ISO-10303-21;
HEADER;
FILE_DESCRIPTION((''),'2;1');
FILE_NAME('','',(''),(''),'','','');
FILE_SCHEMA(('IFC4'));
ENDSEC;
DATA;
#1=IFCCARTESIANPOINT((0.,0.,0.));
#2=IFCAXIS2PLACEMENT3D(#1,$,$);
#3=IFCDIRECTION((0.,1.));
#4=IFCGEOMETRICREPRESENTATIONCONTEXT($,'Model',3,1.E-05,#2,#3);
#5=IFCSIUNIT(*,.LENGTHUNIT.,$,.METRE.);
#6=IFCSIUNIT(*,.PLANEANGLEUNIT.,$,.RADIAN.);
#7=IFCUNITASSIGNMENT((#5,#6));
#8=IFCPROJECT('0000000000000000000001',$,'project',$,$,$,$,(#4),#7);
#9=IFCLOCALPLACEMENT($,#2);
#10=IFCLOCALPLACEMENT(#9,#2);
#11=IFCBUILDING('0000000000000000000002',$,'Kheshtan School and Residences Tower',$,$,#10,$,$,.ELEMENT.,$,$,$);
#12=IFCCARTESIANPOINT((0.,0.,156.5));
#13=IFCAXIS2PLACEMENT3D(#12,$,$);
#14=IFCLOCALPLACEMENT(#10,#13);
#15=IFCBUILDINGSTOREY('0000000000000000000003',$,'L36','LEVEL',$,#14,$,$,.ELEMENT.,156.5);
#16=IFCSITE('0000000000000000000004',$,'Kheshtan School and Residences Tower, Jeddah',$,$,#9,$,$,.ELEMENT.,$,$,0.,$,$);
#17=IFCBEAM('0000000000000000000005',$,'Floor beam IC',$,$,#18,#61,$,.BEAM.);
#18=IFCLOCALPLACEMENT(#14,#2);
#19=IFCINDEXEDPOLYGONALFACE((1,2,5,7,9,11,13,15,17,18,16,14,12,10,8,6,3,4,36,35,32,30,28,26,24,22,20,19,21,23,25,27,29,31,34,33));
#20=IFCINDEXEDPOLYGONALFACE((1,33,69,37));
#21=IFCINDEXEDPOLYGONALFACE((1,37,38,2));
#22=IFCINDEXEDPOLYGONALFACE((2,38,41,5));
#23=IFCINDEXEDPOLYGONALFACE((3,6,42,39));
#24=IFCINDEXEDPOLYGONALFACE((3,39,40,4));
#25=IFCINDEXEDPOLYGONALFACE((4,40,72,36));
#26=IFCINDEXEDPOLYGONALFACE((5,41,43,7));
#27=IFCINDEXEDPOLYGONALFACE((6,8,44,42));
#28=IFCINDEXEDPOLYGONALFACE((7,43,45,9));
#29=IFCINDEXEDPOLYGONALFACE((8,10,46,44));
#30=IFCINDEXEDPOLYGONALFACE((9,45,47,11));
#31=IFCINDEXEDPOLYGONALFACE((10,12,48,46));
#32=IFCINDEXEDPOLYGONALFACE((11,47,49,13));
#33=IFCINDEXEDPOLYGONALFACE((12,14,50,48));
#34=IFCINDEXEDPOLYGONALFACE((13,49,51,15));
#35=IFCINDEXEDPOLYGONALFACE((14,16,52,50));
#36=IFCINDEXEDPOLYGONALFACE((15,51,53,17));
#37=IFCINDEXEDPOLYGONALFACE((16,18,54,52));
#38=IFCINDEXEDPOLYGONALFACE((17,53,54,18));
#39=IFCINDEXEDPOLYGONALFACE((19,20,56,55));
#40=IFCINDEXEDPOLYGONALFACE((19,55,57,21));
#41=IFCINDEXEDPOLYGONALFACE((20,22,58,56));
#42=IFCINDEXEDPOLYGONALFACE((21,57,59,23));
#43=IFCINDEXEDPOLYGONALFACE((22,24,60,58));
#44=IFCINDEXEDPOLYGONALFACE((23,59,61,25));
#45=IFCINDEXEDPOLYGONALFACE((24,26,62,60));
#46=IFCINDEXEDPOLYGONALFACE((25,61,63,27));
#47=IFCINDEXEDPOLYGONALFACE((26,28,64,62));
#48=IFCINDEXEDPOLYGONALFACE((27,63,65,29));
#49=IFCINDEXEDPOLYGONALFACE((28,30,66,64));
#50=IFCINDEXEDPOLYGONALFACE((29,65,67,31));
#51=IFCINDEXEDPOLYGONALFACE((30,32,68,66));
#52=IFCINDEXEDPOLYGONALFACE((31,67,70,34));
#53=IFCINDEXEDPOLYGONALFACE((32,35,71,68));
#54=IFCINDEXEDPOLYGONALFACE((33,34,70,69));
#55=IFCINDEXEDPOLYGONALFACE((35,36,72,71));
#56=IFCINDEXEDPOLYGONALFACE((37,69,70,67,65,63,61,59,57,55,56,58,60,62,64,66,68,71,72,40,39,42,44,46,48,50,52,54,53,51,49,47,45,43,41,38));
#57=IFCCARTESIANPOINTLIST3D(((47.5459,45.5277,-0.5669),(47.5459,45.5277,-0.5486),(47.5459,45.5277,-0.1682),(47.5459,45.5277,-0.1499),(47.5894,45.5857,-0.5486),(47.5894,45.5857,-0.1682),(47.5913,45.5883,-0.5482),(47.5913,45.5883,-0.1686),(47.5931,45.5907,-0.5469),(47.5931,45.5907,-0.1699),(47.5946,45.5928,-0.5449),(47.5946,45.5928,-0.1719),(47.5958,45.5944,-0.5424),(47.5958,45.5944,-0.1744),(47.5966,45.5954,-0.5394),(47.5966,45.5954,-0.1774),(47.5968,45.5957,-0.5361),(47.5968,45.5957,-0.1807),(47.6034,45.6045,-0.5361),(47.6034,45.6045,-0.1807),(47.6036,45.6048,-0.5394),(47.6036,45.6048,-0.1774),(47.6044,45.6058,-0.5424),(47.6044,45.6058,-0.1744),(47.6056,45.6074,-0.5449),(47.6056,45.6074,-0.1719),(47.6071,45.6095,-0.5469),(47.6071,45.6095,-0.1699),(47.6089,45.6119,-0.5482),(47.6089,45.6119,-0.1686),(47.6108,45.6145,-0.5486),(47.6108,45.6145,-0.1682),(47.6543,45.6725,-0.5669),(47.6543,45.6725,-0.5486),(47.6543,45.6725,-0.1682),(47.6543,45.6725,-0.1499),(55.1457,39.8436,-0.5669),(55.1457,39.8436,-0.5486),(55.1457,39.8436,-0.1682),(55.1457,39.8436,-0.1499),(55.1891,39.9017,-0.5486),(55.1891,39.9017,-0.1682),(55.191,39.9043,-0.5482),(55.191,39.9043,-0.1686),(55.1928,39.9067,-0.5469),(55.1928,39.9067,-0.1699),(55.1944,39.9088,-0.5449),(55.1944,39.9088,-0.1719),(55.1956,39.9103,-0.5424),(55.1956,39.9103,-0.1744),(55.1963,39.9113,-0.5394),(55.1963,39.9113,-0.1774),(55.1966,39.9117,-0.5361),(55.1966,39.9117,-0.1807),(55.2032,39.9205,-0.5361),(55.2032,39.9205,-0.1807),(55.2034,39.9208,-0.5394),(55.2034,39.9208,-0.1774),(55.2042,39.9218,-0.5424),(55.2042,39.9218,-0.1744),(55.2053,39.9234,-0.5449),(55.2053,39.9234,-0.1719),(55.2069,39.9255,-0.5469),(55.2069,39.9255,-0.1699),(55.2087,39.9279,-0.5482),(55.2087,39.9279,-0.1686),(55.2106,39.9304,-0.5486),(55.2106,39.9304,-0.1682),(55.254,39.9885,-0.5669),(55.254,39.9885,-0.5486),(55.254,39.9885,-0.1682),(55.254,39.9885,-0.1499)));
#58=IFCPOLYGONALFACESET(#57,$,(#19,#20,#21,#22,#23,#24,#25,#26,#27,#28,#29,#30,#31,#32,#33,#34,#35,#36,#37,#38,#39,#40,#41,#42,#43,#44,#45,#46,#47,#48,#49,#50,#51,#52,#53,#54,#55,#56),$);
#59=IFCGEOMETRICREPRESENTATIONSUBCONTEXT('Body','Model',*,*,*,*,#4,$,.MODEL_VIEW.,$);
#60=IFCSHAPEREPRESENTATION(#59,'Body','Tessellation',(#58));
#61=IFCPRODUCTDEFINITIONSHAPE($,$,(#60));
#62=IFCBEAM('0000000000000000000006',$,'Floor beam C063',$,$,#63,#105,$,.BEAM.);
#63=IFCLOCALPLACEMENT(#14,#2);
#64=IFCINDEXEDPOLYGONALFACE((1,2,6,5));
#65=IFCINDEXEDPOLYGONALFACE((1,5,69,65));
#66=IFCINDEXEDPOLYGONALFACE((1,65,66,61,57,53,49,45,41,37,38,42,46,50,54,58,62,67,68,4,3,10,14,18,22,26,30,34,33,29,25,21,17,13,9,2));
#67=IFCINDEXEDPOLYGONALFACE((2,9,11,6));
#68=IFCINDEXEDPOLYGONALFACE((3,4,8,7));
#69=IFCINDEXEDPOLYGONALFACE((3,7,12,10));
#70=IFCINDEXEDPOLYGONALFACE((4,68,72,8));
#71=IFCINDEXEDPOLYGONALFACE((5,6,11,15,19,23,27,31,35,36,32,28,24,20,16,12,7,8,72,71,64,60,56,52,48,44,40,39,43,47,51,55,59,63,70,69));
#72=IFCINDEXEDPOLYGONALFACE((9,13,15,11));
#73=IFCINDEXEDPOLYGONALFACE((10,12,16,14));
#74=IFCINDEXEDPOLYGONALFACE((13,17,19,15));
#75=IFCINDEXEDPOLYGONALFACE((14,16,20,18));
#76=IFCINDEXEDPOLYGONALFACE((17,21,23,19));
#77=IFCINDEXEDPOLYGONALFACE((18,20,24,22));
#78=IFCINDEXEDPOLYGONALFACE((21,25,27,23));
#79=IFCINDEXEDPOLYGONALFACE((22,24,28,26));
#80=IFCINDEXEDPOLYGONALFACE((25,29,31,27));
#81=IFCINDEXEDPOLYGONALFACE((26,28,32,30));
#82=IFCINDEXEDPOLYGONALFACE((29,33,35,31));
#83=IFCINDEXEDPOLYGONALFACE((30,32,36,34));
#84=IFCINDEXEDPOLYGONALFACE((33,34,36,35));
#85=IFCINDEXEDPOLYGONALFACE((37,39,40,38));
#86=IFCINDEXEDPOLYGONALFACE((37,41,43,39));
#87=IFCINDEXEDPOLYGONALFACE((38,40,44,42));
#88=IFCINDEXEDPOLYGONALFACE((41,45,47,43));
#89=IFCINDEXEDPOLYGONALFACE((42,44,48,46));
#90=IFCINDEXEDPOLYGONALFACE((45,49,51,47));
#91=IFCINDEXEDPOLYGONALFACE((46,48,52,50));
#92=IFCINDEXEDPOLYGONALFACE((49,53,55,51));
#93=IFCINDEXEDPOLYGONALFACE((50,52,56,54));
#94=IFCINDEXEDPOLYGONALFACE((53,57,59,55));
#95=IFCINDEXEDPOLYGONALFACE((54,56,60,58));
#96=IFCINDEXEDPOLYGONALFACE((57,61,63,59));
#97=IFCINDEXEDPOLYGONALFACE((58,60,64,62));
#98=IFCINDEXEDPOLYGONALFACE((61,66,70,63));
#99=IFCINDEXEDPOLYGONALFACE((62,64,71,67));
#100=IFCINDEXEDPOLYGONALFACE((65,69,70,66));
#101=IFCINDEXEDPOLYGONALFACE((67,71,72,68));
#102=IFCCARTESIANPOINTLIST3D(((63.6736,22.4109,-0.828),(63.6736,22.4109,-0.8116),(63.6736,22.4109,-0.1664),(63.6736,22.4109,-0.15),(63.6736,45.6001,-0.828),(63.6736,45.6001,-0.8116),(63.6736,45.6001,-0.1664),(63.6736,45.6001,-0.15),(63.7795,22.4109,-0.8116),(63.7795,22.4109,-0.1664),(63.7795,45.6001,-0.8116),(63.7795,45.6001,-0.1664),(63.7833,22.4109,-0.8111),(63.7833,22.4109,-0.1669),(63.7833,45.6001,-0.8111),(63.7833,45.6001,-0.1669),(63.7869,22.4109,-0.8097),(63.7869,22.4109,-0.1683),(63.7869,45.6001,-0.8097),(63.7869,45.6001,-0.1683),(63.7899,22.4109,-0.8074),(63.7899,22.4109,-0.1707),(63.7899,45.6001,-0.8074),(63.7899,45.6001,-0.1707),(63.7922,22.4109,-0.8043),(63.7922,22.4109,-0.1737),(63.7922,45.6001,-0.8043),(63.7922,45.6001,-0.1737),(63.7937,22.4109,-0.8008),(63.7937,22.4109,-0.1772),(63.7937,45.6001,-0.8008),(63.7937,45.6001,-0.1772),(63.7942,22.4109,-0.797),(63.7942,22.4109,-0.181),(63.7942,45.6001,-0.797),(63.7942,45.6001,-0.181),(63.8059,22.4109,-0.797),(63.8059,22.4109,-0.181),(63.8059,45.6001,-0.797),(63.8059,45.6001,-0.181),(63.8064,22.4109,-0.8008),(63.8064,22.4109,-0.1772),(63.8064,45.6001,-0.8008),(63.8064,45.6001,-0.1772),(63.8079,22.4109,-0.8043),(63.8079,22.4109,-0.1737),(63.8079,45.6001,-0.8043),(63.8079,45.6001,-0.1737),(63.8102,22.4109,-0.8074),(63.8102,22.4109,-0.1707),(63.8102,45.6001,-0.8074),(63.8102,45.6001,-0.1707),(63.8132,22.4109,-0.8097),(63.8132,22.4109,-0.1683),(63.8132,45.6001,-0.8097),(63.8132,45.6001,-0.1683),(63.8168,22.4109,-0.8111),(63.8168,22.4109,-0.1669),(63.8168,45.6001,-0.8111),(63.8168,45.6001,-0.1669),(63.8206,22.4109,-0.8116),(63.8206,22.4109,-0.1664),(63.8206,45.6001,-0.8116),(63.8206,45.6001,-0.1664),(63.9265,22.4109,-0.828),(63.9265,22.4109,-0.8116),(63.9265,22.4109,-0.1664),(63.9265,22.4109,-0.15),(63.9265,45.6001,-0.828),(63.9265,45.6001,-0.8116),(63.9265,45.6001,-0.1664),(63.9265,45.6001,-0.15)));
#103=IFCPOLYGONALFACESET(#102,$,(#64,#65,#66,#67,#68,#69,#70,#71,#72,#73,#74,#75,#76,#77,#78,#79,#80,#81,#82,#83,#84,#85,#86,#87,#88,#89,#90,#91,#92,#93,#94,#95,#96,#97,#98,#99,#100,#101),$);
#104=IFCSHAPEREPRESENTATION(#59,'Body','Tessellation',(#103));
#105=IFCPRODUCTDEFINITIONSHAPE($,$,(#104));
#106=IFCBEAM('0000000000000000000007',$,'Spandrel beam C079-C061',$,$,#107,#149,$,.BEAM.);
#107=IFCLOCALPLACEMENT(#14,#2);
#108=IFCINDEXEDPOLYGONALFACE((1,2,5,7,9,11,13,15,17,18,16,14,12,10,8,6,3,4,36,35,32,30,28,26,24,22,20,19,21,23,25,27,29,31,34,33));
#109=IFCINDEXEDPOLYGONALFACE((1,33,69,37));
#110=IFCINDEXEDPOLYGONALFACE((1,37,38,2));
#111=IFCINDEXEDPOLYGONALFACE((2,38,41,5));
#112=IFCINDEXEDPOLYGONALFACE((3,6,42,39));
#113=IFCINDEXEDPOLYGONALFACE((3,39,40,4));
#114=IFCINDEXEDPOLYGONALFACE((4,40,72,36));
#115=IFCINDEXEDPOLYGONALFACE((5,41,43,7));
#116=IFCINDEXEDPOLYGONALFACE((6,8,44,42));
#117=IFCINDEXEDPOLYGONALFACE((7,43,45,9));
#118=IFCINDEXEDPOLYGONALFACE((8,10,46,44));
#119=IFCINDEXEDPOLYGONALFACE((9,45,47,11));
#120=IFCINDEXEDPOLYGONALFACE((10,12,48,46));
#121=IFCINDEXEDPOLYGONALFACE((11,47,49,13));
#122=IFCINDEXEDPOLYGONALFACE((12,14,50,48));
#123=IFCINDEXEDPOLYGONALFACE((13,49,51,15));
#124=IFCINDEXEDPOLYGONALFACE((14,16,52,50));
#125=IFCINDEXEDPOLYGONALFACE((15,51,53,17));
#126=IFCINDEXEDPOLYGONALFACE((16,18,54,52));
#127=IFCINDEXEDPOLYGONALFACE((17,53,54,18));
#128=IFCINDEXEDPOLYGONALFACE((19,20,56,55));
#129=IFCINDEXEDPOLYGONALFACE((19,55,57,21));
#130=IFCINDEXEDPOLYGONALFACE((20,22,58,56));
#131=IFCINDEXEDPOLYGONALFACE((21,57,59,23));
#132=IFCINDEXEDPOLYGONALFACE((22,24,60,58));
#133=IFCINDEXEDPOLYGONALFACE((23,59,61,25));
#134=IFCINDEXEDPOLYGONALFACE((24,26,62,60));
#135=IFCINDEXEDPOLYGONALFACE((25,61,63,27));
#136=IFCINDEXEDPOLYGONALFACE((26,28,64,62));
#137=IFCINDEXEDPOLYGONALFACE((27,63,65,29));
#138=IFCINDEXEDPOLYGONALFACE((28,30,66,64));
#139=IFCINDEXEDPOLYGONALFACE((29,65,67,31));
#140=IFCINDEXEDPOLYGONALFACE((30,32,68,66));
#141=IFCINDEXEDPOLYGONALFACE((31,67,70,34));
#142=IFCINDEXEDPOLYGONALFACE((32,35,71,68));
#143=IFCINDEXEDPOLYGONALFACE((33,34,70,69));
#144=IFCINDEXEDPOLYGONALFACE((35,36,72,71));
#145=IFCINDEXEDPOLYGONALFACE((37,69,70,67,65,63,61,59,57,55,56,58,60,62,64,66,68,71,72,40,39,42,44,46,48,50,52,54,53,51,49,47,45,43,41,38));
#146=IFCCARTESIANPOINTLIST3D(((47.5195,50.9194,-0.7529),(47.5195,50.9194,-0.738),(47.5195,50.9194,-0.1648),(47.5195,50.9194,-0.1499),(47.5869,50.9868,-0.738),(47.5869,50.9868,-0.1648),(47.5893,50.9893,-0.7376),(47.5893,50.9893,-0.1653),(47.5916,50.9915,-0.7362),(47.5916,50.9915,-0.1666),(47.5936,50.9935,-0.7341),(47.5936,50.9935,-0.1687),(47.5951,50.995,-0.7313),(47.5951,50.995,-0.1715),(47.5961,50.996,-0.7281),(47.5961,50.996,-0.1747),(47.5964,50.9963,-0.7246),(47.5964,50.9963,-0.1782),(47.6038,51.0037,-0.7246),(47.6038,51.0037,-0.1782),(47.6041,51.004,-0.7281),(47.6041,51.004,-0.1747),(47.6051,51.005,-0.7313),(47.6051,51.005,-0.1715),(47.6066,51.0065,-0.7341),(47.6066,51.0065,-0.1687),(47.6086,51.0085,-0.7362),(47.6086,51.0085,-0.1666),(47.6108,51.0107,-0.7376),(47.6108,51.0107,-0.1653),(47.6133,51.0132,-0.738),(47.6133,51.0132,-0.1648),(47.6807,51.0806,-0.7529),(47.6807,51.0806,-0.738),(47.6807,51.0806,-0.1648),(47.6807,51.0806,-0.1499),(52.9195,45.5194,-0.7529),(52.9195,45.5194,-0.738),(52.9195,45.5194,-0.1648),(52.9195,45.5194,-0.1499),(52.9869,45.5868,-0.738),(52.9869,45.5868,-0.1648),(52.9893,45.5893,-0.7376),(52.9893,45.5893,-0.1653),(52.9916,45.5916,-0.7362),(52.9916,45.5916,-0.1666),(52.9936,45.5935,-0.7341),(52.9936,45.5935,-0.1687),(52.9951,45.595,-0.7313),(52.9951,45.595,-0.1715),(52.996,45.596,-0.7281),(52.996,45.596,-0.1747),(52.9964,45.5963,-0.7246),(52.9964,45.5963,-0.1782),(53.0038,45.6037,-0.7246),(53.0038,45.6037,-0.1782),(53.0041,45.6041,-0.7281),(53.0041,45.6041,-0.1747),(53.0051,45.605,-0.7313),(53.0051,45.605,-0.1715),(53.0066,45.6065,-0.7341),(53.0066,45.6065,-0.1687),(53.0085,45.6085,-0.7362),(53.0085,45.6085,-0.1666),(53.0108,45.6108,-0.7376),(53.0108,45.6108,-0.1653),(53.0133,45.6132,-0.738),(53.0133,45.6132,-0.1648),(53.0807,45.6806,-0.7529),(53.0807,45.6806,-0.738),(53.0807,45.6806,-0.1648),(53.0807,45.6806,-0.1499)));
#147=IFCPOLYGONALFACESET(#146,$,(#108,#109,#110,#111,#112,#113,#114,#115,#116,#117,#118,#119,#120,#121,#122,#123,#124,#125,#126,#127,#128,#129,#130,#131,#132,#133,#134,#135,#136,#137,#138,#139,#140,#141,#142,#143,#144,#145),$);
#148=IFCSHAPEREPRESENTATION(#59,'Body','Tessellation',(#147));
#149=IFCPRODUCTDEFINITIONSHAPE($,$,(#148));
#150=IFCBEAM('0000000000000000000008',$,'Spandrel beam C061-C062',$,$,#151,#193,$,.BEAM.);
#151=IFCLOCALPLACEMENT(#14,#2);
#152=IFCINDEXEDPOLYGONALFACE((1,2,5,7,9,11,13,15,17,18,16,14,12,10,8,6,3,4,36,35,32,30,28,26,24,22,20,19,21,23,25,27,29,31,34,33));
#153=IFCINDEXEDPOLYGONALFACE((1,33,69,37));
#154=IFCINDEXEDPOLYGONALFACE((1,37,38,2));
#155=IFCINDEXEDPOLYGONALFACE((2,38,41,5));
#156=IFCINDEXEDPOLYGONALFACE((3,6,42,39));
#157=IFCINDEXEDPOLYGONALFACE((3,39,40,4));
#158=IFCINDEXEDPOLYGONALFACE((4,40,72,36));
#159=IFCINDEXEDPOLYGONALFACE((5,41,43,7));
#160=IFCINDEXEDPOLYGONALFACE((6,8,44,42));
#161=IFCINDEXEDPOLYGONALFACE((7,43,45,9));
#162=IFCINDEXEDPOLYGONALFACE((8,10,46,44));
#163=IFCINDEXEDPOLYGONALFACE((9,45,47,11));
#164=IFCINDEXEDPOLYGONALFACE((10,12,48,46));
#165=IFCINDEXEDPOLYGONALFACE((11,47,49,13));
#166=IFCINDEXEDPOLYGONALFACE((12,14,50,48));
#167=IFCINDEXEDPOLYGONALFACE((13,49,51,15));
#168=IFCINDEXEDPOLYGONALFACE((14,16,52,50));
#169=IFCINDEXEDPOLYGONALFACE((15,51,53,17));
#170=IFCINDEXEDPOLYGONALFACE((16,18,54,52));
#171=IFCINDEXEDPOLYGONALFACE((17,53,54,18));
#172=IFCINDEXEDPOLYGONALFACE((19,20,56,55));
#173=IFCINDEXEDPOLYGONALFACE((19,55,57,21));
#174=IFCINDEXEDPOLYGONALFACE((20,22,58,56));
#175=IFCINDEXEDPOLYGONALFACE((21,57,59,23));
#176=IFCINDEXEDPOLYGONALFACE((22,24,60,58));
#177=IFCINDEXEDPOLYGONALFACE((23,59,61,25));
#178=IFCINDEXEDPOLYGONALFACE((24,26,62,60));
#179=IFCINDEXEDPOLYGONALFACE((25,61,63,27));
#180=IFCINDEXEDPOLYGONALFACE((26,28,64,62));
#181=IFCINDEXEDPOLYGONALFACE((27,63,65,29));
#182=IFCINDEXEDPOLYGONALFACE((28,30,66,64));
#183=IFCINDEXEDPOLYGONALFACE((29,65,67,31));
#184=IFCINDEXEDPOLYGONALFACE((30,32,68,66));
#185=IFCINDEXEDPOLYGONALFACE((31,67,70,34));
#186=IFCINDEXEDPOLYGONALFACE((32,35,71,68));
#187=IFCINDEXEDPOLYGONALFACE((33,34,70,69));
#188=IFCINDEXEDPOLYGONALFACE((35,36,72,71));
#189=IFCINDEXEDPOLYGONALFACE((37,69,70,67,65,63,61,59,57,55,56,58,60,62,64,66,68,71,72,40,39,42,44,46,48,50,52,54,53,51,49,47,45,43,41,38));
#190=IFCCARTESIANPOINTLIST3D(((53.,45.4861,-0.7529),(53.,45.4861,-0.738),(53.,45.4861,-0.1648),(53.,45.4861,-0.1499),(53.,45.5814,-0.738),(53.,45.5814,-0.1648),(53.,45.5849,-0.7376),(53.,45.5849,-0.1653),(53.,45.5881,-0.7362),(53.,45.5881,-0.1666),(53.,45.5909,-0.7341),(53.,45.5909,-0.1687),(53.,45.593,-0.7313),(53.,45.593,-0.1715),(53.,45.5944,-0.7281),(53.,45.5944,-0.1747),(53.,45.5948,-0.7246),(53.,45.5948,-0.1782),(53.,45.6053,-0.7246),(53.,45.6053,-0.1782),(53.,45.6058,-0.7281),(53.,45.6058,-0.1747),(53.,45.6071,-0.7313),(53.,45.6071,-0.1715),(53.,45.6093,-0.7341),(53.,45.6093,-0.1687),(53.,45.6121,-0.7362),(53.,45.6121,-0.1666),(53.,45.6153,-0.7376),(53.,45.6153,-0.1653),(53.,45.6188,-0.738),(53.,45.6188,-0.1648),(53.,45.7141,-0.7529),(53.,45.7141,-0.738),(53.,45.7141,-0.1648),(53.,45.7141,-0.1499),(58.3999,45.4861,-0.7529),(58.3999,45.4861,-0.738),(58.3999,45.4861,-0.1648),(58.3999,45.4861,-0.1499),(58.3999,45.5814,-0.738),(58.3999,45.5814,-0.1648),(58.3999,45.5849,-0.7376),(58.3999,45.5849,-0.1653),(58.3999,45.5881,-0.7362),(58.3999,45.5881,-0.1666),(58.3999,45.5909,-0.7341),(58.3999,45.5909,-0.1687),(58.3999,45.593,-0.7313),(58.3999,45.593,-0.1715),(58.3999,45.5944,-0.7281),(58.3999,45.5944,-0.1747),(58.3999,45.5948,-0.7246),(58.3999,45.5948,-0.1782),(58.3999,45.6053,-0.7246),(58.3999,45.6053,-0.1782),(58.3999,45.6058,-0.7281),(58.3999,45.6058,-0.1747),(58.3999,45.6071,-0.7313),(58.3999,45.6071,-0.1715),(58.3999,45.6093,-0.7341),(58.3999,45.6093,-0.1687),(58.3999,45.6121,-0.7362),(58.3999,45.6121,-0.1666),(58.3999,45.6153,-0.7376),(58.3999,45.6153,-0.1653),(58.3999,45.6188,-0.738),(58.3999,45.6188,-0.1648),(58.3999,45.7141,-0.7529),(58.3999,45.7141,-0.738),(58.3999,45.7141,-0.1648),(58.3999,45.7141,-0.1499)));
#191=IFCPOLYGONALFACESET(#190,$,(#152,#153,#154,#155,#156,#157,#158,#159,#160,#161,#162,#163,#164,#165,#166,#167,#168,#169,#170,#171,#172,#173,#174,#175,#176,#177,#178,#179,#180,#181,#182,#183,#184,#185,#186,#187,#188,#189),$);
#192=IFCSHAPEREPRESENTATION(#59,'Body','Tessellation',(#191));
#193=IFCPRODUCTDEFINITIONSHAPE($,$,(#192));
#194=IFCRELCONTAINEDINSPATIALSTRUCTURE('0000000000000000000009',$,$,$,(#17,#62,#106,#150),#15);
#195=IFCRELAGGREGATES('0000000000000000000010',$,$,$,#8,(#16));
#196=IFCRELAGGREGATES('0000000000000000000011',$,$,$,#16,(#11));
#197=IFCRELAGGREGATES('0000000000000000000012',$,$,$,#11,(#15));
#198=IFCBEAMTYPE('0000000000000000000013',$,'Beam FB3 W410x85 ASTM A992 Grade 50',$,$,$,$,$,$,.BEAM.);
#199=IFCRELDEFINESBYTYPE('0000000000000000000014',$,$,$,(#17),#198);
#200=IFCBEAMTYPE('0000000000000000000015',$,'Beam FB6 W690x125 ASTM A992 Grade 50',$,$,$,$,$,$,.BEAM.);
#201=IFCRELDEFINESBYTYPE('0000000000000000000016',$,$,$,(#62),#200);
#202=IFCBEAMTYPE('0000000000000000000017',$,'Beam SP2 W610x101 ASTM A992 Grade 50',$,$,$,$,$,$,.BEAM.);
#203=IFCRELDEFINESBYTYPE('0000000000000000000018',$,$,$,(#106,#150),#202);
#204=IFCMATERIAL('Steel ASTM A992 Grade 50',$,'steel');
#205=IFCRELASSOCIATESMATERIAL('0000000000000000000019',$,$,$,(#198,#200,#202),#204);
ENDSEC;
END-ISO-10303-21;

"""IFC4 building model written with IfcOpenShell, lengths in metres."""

from ifc_helpers import new_model, si_unit, direction, frame, origin, origin_2d, place, context, subcontext, project, spatial, i_section, extrude, material, material_profile, profile_set, type_object, element, save


model = new_model("IFC4")

# Units and contexts
model_context = context("Model", 3, precision=1e-05, world=origin(), true_north=direction((0.0, 1.0)))
body_context = subcontext(model_context, "Body", "Model", "MODEL_VIEW")
ifc_project = project(units=[si_unit("LENGTHUNIT", "METRE"), si_unit("PLANEANGLEUNIT", "RADIAN")], contexts=[model_context])

# Site, building, storey
site_placement = place(None, origin())
site = spatial("IfcSite", under=ifc_project, at=site_placement, Name="Kheshtan School and Residences Tower, Jeddah", CompositionType="ELEMENT", RefElevation=0.0)
building_placement = place(site_placement, origin())
building = spatial("IfcBuilding", under=site, at=building_placement, Name="Kheshtan School and Residences Tower", CompositionType="ELEMENT")
storey_placement = place(building_placement, frame((0.0, 0.0, 156.5)))
storey = spatial("IfcBuildingStorey", under=building, at=storey_placement, Name="L36", Description="LEVEL", CompositionType="ELEMENT", Elevation=156.5)

# Shared definitions
ifc_material_1 = material(Name="Steel ASTM A992 Grade 50", Category="steel")

# Beams
ifc_material_profile_1 = material_profile(ifc_material_1, i_section(OverallWidth=0.1809, OverallDepth=0.417, WebThickness=0.011, FlangeThickness=0.0183, FilletRadius=0.0125, at=origin_2d()), Name="W410x85")
ifc_profile_set_1 = profile_set([ifc_material_profile_1], Name="Steel ASTM A992 Grade 50")
beam_type_1 = type_object("IfcBeamType", Name="Beam FB3 W410x85 ASTM A992 Grade 50", PredefinedType="BEAM", material=ifc_profile_set_1)
beam_1_placement = place(storey_placement, frame((47.6001, 45.6001, -0.3584), z_axis=(0.800799, -0.598933, 0.0), x_axis=(0.598933, 0.800799, 0.0)))
element("IfcBeam", 1, at=beam_1_placement, inside=storey, type_object=beam_type_1, Name="Floor beam IC", PredefinedType="BEAM", context=body_context, shape_type="SweptSolid", body=[
    extrude(i_section(OverallWidth=0.1809, OverallDepth=0.417, WebThickness=0.011, FlangeThickness=0.0183, FilletRadius=0.0125, at=origin_2d()), origin(), (0.0, 0.0, 1.0), 9.4902),
])
ifc_material_profile_2 = material_profile(ifc_material_1, i_section(OverallWidth=0.2529, OverallDepth=0.678, WebThickness=0.0117, FlangeThickness=0.0164, FilletRadius=0.0146, at=origin_2d()), Name="W690x125")
ifc_profile_set_2 = profile_set([ifc_material_profile_2], Name="Steel ASTM A992 Grade 50")
beam_type_2 = type_object("IfcBeamType", Name="Beam FB6 W690x125 ASTM A992 Grade 50", PredefinedType="BEAM", material=ifc_profile_set_2)
beam_2_placement = place(storey_placement, frame((63.8, 45.6001, -0.489), z_axis=(0.0, -1.0, 0.0), x_axis=(1.0, 0.0, 0.0)))
element("IfcBeam", 2, at=beam_2_placement, inside=storey, type_object=beam_type_2, Name="Floor beam C063", PredefinedType="BEAM", context=body_context, shape_type="SweptSolid", body=[
    extrude(i_section(OverallWidth=0.2529, OverallDepth=0.678, WebThickness=0.0117, FlangeThickness=0.0164, FilletRadius=0.0146, at=origin_2d()), origin(), (0.0, 0.0, 1.0), 23.1892),
])
ifc_material_profile_3 = material_profile(ifc_material_1, i_section(OverallWidth=0.228, OverallDepth=0.603, WebThickness=0.0105, FlangeThickness=0.0149, FilletRadius=0.0134, at=origin_2d()), Name="W610x101")
ifc_profile_set_3 = profile_set([ifc_material_profile_3], Name="Steel ASTM A992 Grade 50")
beam_type_3 = type_object("IfcBeamType", Name="Beam SP2 W610x101 ASTM A992 Grade 50", PredefinedType="BEAM", material=ifc_profile_set_3)
beam_3_placement = place(storey_placement, frame((47.6001, 51.0, -0.4514), z_axis=(0.707107, -0.707107, 0.0), x_axis=(0.707107, 0.707107, 0.0)))
element("IfcBeam", 3, at=beam_3_placement, inside=storey, type_object=beam_type_3, Name="Spandrel beam C079-C061", PredefinedType="BEAM", context=body_context, shape_type="SweptSolid", body=[
    extrude(i_section(OverallWidth=0.228, OverallDepth=0.603, WebThickness=0.0105, FlangeThickness=0.0149, FilletRadius=0.0134, at=origin_2d()), origin(), (0.0, 0.0, 1.0), 7.6367),
])
beam_4_placement = place(storey_placement, frame((53.0, 45.6001, -0.4514), z_axis=(1.0, 0.0, 0.0), x_axis=(0.0, 1.0, 0.0)))
element("IfcBeam", 4, at=beam_4_placement, inside=storey, type_object=beam_type_3, Name="Spandrel beam C061-C062", PredefinedType="BEAM", context=body_context, shape_type="SweptSolid", body=[
    extrude(i_section(OverallWidth=0.228, OverallDepth=0.603, WebThickness=0.0105, FlangeThickness=0.0149, FilletRadius=0.0134, at=origin_2d()), origin(), (0.0, 0.0, 1.0), 5.3999),
])

save(model, "model.ifc")
